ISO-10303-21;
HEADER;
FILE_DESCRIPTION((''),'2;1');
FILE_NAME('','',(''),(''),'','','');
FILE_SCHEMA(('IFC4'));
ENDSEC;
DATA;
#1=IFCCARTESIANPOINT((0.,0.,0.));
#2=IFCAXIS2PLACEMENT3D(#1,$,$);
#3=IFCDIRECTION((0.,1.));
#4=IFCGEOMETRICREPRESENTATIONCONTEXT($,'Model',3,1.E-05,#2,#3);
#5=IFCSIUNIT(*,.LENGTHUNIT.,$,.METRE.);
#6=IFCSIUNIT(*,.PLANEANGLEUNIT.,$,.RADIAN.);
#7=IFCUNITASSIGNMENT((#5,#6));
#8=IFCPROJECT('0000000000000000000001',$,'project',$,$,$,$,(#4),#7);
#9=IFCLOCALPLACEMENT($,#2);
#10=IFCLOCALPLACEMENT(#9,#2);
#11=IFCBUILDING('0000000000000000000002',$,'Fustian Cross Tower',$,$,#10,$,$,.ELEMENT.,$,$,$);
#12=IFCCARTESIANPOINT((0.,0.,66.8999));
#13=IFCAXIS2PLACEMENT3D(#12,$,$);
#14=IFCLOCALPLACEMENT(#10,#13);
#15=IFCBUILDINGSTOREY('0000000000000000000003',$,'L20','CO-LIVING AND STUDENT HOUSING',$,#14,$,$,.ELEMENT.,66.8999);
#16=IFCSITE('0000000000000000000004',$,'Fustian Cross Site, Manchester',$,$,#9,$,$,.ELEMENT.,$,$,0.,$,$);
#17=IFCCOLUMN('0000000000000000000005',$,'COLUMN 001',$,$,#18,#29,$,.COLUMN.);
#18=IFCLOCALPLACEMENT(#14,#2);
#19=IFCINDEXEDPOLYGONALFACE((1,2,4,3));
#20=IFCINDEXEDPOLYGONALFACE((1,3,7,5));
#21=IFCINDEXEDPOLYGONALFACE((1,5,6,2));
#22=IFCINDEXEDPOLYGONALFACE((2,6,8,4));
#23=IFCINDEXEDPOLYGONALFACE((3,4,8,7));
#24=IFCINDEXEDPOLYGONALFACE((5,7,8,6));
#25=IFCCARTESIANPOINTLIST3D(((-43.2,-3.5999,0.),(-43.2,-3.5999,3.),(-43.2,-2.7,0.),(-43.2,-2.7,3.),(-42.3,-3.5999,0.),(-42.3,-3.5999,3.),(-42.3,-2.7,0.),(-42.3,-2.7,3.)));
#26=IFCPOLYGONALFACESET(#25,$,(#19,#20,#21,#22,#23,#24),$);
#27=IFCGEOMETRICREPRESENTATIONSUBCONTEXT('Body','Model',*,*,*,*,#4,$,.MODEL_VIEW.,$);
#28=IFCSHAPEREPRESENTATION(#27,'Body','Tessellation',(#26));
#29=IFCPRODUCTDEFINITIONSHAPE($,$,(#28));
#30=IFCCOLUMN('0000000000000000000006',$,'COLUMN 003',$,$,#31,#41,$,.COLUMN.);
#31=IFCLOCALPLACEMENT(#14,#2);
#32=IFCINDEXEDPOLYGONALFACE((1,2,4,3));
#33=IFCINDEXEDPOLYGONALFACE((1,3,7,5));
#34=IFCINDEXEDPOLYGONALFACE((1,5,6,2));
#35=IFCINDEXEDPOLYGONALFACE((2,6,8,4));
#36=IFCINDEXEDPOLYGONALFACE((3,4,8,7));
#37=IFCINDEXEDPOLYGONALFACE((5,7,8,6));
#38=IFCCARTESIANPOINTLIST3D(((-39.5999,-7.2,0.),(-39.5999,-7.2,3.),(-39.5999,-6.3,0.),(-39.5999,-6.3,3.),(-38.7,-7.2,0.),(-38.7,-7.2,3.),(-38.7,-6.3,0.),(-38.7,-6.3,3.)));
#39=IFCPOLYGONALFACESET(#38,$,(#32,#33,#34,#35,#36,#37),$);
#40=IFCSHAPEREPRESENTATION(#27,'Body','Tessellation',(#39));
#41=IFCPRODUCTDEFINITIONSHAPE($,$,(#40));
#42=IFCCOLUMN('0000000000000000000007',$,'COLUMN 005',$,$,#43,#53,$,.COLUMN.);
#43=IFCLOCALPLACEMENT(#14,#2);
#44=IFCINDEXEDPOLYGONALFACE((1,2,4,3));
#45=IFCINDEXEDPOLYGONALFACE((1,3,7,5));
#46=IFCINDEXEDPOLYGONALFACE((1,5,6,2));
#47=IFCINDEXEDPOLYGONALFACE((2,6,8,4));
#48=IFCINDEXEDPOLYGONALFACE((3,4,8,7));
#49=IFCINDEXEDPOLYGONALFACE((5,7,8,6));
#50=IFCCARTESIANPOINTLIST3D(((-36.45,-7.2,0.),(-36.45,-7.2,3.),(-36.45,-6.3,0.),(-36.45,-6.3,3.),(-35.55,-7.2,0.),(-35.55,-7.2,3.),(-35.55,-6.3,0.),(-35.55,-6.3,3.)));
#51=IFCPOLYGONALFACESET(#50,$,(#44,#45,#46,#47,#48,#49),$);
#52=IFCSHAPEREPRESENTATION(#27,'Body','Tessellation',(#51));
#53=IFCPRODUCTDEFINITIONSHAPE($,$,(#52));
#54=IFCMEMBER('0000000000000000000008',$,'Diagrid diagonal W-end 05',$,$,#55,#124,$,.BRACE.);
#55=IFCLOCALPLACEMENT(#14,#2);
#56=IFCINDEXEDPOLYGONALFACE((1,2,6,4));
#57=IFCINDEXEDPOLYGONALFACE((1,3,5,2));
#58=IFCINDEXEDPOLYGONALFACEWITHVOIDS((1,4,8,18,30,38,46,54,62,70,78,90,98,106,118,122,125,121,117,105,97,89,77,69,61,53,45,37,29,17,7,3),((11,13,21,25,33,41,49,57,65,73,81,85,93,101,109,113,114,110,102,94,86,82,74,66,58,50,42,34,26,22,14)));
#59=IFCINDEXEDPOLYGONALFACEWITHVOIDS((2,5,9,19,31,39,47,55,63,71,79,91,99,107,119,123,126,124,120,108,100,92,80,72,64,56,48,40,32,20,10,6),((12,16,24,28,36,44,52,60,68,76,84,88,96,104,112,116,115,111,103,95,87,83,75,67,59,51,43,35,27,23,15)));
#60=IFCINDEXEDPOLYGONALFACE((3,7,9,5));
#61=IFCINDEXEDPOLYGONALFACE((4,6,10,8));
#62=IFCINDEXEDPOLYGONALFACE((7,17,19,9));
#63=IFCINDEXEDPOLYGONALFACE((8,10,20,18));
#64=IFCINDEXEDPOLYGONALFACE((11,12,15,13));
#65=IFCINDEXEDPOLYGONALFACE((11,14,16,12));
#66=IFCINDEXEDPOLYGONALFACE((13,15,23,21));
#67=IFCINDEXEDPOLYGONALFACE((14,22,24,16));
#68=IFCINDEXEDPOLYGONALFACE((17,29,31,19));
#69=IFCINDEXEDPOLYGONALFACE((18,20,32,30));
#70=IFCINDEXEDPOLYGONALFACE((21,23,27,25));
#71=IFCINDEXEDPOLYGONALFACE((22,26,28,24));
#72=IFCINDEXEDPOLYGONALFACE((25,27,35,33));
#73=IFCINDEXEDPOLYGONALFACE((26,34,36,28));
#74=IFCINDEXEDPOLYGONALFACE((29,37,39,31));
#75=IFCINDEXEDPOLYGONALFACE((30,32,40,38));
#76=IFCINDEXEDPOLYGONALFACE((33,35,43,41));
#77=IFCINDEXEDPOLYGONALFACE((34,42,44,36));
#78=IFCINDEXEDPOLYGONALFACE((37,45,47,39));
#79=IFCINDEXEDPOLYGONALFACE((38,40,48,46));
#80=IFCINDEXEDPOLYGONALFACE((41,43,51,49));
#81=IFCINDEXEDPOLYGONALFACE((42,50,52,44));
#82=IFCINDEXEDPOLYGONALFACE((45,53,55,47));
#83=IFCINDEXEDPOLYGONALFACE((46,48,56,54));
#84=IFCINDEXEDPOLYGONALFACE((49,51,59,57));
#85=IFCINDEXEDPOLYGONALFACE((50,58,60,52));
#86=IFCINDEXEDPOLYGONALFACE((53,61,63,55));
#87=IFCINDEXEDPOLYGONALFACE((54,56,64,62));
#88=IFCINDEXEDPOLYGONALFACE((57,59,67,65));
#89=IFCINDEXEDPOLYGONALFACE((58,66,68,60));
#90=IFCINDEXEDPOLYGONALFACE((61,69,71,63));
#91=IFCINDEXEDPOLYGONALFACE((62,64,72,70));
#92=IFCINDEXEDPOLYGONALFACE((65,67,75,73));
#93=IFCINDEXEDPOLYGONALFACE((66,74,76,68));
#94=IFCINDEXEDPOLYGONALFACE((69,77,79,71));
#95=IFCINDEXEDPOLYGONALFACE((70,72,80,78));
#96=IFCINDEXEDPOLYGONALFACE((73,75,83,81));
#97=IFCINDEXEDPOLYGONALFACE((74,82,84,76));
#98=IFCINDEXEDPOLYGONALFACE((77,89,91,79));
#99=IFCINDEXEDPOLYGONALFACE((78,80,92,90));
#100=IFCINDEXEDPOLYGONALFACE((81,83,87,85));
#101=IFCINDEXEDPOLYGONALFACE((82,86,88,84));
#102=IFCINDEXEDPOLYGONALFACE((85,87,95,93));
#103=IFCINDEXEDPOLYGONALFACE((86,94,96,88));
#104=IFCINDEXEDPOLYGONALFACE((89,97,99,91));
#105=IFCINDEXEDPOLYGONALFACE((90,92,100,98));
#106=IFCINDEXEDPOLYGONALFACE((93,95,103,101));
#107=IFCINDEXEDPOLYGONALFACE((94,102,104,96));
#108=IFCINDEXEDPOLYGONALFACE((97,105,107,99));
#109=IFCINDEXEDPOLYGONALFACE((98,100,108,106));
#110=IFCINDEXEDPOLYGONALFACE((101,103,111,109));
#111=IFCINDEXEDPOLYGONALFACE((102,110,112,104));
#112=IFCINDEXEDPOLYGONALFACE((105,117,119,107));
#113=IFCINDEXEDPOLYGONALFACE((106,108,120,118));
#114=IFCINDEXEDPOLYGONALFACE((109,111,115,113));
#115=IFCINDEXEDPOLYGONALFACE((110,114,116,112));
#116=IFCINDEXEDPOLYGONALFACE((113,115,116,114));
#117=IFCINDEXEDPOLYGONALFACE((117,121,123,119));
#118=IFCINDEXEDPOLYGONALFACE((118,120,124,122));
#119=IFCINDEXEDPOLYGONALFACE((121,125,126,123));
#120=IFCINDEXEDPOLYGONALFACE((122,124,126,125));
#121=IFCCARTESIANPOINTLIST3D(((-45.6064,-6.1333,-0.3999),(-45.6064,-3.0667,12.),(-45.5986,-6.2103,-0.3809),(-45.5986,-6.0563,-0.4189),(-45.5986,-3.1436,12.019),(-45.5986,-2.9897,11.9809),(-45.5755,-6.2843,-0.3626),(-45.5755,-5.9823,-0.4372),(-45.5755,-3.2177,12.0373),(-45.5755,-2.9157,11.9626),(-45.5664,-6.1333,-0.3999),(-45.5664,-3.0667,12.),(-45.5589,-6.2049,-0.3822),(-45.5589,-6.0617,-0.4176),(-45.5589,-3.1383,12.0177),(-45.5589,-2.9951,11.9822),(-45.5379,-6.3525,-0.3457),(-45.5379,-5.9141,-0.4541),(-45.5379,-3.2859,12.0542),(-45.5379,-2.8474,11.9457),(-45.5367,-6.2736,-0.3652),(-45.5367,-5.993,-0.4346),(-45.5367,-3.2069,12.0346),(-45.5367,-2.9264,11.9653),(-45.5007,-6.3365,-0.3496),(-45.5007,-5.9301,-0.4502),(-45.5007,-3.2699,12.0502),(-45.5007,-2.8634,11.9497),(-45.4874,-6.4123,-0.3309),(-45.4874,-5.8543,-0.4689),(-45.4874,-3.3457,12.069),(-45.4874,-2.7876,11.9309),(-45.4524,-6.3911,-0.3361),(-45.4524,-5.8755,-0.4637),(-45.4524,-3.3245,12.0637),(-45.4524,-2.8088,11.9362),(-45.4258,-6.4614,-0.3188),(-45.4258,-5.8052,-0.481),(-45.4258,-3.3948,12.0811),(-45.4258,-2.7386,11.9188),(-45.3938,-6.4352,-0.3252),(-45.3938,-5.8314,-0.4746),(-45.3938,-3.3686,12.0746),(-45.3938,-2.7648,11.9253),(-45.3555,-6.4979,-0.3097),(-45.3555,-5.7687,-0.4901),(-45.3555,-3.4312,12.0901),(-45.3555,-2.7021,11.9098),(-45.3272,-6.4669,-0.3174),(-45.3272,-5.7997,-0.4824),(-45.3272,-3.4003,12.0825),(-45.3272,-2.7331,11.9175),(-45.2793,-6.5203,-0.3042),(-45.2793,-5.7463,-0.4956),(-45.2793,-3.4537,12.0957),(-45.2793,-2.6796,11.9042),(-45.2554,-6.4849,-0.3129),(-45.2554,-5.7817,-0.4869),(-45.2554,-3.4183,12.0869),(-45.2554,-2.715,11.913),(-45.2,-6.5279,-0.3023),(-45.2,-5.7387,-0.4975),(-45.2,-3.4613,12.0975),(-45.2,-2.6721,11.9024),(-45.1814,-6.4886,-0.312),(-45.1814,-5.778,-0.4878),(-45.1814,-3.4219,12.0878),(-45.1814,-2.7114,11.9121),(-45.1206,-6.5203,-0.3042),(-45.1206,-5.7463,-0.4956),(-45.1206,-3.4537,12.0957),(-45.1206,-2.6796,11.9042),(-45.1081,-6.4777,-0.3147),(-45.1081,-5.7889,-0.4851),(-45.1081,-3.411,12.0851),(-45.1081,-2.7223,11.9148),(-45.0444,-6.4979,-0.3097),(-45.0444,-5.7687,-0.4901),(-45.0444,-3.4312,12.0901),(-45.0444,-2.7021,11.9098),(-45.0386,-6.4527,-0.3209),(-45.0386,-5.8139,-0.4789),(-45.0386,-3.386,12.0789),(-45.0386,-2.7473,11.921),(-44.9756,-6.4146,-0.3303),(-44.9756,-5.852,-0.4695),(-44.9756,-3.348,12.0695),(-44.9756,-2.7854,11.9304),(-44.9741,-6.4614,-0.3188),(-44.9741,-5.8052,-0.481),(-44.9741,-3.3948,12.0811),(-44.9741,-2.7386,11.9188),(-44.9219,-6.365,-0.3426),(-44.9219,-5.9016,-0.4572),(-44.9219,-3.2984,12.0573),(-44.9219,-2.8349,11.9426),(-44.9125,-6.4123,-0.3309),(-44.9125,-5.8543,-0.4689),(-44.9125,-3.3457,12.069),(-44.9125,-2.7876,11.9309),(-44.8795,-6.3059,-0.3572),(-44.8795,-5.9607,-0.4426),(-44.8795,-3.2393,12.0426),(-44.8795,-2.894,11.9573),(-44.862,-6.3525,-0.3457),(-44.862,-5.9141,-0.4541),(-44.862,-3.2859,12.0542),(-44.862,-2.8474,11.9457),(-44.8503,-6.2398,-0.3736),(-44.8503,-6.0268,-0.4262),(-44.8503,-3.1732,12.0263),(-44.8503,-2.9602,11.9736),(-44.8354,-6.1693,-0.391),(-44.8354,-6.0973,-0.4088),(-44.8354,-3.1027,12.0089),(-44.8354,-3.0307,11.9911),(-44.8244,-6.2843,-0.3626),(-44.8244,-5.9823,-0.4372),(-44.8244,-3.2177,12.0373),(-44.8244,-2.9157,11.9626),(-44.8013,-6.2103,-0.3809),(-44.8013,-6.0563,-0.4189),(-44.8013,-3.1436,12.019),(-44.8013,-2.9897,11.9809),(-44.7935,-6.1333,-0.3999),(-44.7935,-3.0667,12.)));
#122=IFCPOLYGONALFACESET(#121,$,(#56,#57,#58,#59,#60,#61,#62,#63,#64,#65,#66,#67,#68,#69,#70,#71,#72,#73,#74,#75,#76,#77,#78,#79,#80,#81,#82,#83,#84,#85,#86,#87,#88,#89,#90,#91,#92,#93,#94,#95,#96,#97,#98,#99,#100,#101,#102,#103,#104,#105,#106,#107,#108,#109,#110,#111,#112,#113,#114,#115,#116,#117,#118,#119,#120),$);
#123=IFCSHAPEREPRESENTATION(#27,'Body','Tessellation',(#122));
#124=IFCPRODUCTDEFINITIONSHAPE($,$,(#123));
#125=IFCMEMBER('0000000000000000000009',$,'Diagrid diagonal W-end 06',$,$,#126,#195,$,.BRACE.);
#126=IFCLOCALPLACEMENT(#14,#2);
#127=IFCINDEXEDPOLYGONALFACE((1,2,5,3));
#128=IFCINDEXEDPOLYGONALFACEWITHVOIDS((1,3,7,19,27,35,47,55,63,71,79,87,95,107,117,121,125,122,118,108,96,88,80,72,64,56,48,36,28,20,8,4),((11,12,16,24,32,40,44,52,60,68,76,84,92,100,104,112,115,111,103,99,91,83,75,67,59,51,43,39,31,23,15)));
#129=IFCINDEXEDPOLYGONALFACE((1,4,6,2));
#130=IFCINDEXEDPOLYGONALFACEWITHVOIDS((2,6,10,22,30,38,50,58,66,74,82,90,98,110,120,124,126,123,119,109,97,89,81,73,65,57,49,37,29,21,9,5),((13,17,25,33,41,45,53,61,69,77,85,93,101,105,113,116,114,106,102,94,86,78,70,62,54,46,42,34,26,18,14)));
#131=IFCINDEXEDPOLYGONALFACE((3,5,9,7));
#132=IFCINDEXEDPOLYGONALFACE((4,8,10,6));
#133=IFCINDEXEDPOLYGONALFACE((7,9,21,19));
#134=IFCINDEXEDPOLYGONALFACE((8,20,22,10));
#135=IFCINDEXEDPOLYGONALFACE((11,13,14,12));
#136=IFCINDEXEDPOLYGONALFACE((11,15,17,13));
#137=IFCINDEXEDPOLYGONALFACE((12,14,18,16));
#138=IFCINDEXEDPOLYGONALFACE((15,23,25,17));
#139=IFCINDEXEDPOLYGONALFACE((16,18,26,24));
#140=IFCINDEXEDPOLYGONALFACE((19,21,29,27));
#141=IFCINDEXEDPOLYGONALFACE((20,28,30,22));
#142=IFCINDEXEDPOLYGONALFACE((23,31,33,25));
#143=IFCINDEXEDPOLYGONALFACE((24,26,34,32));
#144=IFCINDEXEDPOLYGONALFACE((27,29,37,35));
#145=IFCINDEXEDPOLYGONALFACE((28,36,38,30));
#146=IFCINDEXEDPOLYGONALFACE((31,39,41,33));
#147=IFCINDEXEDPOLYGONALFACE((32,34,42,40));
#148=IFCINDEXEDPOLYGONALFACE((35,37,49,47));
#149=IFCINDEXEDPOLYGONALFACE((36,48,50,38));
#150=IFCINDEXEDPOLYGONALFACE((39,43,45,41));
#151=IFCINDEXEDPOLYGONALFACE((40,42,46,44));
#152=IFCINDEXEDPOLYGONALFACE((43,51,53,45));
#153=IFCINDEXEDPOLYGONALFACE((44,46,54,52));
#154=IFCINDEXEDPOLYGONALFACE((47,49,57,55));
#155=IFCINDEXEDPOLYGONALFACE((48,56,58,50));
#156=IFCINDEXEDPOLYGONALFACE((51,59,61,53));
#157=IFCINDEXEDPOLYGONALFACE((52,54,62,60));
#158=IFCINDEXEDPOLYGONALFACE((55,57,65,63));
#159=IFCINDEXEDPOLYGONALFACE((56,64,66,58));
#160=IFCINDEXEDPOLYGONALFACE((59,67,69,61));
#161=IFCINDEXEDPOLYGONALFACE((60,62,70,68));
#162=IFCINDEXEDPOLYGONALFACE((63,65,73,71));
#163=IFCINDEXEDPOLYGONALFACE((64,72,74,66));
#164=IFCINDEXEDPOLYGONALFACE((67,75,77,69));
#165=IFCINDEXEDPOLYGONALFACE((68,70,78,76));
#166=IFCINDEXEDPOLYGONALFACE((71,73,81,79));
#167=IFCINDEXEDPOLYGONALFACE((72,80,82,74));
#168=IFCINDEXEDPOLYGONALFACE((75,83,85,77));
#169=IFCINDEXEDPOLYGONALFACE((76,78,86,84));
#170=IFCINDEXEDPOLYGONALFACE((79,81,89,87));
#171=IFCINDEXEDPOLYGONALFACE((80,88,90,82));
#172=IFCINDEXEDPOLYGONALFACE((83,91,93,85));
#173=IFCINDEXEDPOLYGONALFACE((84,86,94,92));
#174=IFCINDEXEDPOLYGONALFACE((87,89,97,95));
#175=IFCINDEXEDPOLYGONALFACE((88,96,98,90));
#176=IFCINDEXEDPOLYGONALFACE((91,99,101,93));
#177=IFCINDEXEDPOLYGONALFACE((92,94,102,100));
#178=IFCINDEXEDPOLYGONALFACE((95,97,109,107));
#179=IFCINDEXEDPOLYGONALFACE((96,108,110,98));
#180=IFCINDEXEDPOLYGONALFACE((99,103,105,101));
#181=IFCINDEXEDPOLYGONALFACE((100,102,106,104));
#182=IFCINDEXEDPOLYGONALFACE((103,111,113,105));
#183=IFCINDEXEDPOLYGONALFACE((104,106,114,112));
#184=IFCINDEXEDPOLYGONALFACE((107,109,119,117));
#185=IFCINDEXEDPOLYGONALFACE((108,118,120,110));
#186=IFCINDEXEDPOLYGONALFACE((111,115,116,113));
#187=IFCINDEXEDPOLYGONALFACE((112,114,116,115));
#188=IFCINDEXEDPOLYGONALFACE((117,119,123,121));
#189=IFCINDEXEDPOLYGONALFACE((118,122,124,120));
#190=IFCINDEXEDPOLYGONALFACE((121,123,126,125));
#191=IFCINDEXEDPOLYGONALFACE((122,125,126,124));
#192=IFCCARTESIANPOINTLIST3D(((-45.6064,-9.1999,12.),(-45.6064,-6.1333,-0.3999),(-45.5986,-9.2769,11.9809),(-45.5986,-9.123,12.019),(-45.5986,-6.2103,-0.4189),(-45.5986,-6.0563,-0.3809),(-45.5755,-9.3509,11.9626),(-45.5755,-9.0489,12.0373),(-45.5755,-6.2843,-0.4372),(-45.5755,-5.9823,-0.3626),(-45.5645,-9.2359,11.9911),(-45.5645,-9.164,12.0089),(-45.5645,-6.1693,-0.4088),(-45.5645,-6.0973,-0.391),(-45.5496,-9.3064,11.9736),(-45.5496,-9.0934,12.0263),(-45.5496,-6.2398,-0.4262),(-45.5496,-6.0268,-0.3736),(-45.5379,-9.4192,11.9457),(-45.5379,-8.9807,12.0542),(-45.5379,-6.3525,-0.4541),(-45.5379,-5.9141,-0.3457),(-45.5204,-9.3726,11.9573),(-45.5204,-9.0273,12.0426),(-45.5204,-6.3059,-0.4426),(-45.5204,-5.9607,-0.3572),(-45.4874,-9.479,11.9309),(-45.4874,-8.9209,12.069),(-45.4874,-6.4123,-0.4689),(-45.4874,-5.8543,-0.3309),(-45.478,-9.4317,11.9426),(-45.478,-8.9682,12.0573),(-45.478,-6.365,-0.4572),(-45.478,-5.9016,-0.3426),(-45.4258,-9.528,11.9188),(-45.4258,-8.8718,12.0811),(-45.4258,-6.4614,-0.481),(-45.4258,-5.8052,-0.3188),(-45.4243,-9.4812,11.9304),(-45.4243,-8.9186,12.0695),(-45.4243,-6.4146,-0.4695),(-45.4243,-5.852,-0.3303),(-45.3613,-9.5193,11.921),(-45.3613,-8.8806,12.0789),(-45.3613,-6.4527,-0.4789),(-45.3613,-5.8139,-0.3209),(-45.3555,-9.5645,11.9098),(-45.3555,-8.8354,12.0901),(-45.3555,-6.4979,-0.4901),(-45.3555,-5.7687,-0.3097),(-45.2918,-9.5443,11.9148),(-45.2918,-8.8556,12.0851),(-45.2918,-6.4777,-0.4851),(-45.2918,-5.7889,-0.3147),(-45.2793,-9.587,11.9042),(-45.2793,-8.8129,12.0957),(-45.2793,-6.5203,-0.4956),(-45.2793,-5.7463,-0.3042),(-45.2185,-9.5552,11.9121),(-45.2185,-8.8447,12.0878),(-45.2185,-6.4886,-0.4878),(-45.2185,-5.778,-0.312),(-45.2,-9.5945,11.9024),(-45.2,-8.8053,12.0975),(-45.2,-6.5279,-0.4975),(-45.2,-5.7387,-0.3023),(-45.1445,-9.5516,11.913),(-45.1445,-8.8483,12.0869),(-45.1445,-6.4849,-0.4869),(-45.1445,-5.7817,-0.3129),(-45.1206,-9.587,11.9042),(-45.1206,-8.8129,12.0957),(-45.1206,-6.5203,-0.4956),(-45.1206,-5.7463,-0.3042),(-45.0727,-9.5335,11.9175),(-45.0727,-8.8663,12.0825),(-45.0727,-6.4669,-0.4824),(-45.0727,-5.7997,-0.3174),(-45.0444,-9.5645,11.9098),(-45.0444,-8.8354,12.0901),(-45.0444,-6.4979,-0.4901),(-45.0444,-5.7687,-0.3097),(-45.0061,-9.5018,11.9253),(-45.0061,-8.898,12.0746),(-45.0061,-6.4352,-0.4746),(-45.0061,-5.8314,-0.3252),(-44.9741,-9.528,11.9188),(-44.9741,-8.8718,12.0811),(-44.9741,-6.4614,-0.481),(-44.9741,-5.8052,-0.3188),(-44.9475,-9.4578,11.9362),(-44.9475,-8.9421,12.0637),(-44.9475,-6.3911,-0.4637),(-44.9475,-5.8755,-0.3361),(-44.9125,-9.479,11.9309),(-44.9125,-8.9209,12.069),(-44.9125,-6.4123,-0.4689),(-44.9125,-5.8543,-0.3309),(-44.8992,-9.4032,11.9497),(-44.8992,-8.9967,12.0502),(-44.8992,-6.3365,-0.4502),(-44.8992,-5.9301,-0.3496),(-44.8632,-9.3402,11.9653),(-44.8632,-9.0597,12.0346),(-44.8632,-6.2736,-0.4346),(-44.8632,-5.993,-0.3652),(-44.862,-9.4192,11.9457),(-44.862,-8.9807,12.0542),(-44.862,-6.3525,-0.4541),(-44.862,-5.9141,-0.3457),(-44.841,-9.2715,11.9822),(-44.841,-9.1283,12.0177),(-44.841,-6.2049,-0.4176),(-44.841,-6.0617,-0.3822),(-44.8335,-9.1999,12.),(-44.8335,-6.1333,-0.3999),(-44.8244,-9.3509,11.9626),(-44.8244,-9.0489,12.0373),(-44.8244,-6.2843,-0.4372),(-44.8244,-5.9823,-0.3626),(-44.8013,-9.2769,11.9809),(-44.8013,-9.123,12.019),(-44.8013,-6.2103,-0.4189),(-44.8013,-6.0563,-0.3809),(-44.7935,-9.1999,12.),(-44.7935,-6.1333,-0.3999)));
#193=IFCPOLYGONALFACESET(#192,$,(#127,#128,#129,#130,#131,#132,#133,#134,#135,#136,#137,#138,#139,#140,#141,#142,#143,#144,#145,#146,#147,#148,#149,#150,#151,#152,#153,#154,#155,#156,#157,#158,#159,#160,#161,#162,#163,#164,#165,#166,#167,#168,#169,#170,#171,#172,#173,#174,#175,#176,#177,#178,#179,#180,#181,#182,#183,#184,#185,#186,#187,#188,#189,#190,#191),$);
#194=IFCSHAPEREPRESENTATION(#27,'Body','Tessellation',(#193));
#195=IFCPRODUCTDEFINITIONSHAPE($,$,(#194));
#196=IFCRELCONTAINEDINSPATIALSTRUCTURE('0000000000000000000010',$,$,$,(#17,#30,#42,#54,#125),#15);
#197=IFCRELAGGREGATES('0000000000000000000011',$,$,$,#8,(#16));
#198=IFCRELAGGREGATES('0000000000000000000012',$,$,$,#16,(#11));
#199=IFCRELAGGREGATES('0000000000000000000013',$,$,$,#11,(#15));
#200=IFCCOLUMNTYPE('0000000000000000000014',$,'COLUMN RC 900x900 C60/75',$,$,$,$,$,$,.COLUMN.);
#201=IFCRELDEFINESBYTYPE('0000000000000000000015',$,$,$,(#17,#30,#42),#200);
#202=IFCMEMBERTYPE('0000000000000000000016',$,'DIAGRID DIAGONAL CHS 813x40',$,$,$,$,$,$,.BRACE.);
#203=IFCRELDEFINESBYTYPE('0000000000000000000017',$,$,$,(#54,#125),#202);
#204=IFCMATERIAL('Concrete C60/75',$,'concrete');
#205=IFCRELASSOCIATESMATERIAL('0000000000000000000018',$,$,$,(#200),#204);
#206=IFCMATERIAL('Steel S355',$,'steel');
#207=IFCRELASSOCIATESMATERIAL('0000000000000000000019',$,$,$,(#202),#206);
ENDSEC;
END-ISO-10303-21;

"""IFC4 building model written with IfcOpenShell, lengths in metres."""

from ifc_helpers import new_model, si_unit, direction, frame, origin, origin_2d, place, context, subcontext, project, spatial, rectangle, hollow_circle, extrude, material, material_profile, profile_set, type_object, element, save


model = new_model("IFC4")

# Units and contexts
model_context = context("Model", 3, precision=1e-05, world=origin(), true_north=direction((0.0, 1.0)))
body_context = subcontext(model_context, "Body", "Model", "MODEL_VIEW")
ifc_project = project(units=[si_unit("LENGTHUNIT", "METRE"), si_unit("PLANEANGLEUNIT", "RADIAN")], contexts=[model_context])

# Site, building, storey
site_placement = place(None, origin())
site = spatial("IfcSite", under=ifc_project, at=site_placement, Name="Fustian Cross Site, Manchester", CompositionType="ELEMENT", RefElevation=0.0)
building_placement = place(site_placement, origin())
building = spatial("IfcBuilding", under=site, at=building_placement, Name="Fustian Cross Tower", CompositionType="ELEMENT")
storey_placement = place(building_placement, frame((0.0, 0.0, 66.8999)))
storey = spatial("IfcBuildingStorey", under=building, at=storey_placement, Name="L20", Description="CO-LIVING AND STUDENT HOUSING", CompositionType="ELEMENT", Elevation=66.8999)

# Columns
ifc_material_1 = material(Name="Concrete C60/75", Category="concrete")
ifc_material_profile_1 = material_profile(ifc_material_1, rectangle(XDim=0.8999, YDim=0.8999, at=origin_2d()), Name="RC 900x900")
ifc_profile_set_1 = profile_set([ifc_material_profile_1], Name="Concrete C60/75")
column_type = type_object("IfcColumnType", Name="COLUMN RC 900x900 C60/75", PredefinedType="COLUMN", material=ifc_profile_set_1)
for number, where, z_axis, x_axis, name in (
    (1, (-42.75, -3.1499, 0.0), (0.0, 0.0, 1.0), (1.0, 0.0, 0.0), "COLUMN 001"),
    (2, (-39.1499, -6.75, 0.0), (0.0, 0.0, 1.0), (1.0, 0.0, 0.0), "COLUMN 003"),
    (3, (-36.0, -6.75, 0.0), (0.0, 0.0, 1.0), (1.0, 0.0, 0.0), "COLUMN 005"),
):
    element("IfcColumn", number, at=place(storey_placement, frame(where, z_axis=z_axis, x_axis=x_axis)), inside=storey, type_object=column_type, Name=name, PredefinedType="COLUMN", context=body_context, shape_type="SweptSolid", body=[
        extrude(rectangle(XDim=0.8999, YDim=0.8999, at=origin_2d()), origin(), (0.0, 0.0, 1.0), 3.0),
    ])

# Members
ifc_material_2 = material(Name="Steel S355", Category="steel")
ifc_material_profile_2 = material_profile(ifc_material_2, hollow_circle(Radius=0.4065, WallThickness=0.04, at=origin_2d()), Name="CHS 813x40")
ifc_profile_set_2 = profile_set([ifc_material_profile_2], Name="Steel S355")
member_type_1 = type_object("IfcMemberType", Name="DIAGRID DIAGONAL CHS 813x40", PredefinedType="BRACE", material=ifc_profile_set_2)
for number, where, z_axis, x_axis, name in (
    (4, (-45.2, -6.1333, -0.3999), (0.0, 0.240079, 0.970753), (-1.0, 0.0, 0.0), "Diagrid diagonal W-end 05"),
    (5, (-45.2, -6.1333, -0.3999), (0.0, -0.240079, 0.970753), (1.0, 0.0, 0.0), "Diagrid diagonal W-end 06"),
):
    element("IfcMember", number, at=place(storey_placement, frame(where, z_axis=z_axis, x_axis=x_axis)), inside=storey, type_object=member_type_1, Name=name, PredefinedType="BRACE", context=body_context, shape_type="SweptSolid", body=[
        extrude(hollow_circle(Radius=0.4065, WallThickness=0.04, at=origin_2d()), origin(), (0.0, 0.0, 1.0), 12.7734),
    ])

save(model, "model.ifc")
